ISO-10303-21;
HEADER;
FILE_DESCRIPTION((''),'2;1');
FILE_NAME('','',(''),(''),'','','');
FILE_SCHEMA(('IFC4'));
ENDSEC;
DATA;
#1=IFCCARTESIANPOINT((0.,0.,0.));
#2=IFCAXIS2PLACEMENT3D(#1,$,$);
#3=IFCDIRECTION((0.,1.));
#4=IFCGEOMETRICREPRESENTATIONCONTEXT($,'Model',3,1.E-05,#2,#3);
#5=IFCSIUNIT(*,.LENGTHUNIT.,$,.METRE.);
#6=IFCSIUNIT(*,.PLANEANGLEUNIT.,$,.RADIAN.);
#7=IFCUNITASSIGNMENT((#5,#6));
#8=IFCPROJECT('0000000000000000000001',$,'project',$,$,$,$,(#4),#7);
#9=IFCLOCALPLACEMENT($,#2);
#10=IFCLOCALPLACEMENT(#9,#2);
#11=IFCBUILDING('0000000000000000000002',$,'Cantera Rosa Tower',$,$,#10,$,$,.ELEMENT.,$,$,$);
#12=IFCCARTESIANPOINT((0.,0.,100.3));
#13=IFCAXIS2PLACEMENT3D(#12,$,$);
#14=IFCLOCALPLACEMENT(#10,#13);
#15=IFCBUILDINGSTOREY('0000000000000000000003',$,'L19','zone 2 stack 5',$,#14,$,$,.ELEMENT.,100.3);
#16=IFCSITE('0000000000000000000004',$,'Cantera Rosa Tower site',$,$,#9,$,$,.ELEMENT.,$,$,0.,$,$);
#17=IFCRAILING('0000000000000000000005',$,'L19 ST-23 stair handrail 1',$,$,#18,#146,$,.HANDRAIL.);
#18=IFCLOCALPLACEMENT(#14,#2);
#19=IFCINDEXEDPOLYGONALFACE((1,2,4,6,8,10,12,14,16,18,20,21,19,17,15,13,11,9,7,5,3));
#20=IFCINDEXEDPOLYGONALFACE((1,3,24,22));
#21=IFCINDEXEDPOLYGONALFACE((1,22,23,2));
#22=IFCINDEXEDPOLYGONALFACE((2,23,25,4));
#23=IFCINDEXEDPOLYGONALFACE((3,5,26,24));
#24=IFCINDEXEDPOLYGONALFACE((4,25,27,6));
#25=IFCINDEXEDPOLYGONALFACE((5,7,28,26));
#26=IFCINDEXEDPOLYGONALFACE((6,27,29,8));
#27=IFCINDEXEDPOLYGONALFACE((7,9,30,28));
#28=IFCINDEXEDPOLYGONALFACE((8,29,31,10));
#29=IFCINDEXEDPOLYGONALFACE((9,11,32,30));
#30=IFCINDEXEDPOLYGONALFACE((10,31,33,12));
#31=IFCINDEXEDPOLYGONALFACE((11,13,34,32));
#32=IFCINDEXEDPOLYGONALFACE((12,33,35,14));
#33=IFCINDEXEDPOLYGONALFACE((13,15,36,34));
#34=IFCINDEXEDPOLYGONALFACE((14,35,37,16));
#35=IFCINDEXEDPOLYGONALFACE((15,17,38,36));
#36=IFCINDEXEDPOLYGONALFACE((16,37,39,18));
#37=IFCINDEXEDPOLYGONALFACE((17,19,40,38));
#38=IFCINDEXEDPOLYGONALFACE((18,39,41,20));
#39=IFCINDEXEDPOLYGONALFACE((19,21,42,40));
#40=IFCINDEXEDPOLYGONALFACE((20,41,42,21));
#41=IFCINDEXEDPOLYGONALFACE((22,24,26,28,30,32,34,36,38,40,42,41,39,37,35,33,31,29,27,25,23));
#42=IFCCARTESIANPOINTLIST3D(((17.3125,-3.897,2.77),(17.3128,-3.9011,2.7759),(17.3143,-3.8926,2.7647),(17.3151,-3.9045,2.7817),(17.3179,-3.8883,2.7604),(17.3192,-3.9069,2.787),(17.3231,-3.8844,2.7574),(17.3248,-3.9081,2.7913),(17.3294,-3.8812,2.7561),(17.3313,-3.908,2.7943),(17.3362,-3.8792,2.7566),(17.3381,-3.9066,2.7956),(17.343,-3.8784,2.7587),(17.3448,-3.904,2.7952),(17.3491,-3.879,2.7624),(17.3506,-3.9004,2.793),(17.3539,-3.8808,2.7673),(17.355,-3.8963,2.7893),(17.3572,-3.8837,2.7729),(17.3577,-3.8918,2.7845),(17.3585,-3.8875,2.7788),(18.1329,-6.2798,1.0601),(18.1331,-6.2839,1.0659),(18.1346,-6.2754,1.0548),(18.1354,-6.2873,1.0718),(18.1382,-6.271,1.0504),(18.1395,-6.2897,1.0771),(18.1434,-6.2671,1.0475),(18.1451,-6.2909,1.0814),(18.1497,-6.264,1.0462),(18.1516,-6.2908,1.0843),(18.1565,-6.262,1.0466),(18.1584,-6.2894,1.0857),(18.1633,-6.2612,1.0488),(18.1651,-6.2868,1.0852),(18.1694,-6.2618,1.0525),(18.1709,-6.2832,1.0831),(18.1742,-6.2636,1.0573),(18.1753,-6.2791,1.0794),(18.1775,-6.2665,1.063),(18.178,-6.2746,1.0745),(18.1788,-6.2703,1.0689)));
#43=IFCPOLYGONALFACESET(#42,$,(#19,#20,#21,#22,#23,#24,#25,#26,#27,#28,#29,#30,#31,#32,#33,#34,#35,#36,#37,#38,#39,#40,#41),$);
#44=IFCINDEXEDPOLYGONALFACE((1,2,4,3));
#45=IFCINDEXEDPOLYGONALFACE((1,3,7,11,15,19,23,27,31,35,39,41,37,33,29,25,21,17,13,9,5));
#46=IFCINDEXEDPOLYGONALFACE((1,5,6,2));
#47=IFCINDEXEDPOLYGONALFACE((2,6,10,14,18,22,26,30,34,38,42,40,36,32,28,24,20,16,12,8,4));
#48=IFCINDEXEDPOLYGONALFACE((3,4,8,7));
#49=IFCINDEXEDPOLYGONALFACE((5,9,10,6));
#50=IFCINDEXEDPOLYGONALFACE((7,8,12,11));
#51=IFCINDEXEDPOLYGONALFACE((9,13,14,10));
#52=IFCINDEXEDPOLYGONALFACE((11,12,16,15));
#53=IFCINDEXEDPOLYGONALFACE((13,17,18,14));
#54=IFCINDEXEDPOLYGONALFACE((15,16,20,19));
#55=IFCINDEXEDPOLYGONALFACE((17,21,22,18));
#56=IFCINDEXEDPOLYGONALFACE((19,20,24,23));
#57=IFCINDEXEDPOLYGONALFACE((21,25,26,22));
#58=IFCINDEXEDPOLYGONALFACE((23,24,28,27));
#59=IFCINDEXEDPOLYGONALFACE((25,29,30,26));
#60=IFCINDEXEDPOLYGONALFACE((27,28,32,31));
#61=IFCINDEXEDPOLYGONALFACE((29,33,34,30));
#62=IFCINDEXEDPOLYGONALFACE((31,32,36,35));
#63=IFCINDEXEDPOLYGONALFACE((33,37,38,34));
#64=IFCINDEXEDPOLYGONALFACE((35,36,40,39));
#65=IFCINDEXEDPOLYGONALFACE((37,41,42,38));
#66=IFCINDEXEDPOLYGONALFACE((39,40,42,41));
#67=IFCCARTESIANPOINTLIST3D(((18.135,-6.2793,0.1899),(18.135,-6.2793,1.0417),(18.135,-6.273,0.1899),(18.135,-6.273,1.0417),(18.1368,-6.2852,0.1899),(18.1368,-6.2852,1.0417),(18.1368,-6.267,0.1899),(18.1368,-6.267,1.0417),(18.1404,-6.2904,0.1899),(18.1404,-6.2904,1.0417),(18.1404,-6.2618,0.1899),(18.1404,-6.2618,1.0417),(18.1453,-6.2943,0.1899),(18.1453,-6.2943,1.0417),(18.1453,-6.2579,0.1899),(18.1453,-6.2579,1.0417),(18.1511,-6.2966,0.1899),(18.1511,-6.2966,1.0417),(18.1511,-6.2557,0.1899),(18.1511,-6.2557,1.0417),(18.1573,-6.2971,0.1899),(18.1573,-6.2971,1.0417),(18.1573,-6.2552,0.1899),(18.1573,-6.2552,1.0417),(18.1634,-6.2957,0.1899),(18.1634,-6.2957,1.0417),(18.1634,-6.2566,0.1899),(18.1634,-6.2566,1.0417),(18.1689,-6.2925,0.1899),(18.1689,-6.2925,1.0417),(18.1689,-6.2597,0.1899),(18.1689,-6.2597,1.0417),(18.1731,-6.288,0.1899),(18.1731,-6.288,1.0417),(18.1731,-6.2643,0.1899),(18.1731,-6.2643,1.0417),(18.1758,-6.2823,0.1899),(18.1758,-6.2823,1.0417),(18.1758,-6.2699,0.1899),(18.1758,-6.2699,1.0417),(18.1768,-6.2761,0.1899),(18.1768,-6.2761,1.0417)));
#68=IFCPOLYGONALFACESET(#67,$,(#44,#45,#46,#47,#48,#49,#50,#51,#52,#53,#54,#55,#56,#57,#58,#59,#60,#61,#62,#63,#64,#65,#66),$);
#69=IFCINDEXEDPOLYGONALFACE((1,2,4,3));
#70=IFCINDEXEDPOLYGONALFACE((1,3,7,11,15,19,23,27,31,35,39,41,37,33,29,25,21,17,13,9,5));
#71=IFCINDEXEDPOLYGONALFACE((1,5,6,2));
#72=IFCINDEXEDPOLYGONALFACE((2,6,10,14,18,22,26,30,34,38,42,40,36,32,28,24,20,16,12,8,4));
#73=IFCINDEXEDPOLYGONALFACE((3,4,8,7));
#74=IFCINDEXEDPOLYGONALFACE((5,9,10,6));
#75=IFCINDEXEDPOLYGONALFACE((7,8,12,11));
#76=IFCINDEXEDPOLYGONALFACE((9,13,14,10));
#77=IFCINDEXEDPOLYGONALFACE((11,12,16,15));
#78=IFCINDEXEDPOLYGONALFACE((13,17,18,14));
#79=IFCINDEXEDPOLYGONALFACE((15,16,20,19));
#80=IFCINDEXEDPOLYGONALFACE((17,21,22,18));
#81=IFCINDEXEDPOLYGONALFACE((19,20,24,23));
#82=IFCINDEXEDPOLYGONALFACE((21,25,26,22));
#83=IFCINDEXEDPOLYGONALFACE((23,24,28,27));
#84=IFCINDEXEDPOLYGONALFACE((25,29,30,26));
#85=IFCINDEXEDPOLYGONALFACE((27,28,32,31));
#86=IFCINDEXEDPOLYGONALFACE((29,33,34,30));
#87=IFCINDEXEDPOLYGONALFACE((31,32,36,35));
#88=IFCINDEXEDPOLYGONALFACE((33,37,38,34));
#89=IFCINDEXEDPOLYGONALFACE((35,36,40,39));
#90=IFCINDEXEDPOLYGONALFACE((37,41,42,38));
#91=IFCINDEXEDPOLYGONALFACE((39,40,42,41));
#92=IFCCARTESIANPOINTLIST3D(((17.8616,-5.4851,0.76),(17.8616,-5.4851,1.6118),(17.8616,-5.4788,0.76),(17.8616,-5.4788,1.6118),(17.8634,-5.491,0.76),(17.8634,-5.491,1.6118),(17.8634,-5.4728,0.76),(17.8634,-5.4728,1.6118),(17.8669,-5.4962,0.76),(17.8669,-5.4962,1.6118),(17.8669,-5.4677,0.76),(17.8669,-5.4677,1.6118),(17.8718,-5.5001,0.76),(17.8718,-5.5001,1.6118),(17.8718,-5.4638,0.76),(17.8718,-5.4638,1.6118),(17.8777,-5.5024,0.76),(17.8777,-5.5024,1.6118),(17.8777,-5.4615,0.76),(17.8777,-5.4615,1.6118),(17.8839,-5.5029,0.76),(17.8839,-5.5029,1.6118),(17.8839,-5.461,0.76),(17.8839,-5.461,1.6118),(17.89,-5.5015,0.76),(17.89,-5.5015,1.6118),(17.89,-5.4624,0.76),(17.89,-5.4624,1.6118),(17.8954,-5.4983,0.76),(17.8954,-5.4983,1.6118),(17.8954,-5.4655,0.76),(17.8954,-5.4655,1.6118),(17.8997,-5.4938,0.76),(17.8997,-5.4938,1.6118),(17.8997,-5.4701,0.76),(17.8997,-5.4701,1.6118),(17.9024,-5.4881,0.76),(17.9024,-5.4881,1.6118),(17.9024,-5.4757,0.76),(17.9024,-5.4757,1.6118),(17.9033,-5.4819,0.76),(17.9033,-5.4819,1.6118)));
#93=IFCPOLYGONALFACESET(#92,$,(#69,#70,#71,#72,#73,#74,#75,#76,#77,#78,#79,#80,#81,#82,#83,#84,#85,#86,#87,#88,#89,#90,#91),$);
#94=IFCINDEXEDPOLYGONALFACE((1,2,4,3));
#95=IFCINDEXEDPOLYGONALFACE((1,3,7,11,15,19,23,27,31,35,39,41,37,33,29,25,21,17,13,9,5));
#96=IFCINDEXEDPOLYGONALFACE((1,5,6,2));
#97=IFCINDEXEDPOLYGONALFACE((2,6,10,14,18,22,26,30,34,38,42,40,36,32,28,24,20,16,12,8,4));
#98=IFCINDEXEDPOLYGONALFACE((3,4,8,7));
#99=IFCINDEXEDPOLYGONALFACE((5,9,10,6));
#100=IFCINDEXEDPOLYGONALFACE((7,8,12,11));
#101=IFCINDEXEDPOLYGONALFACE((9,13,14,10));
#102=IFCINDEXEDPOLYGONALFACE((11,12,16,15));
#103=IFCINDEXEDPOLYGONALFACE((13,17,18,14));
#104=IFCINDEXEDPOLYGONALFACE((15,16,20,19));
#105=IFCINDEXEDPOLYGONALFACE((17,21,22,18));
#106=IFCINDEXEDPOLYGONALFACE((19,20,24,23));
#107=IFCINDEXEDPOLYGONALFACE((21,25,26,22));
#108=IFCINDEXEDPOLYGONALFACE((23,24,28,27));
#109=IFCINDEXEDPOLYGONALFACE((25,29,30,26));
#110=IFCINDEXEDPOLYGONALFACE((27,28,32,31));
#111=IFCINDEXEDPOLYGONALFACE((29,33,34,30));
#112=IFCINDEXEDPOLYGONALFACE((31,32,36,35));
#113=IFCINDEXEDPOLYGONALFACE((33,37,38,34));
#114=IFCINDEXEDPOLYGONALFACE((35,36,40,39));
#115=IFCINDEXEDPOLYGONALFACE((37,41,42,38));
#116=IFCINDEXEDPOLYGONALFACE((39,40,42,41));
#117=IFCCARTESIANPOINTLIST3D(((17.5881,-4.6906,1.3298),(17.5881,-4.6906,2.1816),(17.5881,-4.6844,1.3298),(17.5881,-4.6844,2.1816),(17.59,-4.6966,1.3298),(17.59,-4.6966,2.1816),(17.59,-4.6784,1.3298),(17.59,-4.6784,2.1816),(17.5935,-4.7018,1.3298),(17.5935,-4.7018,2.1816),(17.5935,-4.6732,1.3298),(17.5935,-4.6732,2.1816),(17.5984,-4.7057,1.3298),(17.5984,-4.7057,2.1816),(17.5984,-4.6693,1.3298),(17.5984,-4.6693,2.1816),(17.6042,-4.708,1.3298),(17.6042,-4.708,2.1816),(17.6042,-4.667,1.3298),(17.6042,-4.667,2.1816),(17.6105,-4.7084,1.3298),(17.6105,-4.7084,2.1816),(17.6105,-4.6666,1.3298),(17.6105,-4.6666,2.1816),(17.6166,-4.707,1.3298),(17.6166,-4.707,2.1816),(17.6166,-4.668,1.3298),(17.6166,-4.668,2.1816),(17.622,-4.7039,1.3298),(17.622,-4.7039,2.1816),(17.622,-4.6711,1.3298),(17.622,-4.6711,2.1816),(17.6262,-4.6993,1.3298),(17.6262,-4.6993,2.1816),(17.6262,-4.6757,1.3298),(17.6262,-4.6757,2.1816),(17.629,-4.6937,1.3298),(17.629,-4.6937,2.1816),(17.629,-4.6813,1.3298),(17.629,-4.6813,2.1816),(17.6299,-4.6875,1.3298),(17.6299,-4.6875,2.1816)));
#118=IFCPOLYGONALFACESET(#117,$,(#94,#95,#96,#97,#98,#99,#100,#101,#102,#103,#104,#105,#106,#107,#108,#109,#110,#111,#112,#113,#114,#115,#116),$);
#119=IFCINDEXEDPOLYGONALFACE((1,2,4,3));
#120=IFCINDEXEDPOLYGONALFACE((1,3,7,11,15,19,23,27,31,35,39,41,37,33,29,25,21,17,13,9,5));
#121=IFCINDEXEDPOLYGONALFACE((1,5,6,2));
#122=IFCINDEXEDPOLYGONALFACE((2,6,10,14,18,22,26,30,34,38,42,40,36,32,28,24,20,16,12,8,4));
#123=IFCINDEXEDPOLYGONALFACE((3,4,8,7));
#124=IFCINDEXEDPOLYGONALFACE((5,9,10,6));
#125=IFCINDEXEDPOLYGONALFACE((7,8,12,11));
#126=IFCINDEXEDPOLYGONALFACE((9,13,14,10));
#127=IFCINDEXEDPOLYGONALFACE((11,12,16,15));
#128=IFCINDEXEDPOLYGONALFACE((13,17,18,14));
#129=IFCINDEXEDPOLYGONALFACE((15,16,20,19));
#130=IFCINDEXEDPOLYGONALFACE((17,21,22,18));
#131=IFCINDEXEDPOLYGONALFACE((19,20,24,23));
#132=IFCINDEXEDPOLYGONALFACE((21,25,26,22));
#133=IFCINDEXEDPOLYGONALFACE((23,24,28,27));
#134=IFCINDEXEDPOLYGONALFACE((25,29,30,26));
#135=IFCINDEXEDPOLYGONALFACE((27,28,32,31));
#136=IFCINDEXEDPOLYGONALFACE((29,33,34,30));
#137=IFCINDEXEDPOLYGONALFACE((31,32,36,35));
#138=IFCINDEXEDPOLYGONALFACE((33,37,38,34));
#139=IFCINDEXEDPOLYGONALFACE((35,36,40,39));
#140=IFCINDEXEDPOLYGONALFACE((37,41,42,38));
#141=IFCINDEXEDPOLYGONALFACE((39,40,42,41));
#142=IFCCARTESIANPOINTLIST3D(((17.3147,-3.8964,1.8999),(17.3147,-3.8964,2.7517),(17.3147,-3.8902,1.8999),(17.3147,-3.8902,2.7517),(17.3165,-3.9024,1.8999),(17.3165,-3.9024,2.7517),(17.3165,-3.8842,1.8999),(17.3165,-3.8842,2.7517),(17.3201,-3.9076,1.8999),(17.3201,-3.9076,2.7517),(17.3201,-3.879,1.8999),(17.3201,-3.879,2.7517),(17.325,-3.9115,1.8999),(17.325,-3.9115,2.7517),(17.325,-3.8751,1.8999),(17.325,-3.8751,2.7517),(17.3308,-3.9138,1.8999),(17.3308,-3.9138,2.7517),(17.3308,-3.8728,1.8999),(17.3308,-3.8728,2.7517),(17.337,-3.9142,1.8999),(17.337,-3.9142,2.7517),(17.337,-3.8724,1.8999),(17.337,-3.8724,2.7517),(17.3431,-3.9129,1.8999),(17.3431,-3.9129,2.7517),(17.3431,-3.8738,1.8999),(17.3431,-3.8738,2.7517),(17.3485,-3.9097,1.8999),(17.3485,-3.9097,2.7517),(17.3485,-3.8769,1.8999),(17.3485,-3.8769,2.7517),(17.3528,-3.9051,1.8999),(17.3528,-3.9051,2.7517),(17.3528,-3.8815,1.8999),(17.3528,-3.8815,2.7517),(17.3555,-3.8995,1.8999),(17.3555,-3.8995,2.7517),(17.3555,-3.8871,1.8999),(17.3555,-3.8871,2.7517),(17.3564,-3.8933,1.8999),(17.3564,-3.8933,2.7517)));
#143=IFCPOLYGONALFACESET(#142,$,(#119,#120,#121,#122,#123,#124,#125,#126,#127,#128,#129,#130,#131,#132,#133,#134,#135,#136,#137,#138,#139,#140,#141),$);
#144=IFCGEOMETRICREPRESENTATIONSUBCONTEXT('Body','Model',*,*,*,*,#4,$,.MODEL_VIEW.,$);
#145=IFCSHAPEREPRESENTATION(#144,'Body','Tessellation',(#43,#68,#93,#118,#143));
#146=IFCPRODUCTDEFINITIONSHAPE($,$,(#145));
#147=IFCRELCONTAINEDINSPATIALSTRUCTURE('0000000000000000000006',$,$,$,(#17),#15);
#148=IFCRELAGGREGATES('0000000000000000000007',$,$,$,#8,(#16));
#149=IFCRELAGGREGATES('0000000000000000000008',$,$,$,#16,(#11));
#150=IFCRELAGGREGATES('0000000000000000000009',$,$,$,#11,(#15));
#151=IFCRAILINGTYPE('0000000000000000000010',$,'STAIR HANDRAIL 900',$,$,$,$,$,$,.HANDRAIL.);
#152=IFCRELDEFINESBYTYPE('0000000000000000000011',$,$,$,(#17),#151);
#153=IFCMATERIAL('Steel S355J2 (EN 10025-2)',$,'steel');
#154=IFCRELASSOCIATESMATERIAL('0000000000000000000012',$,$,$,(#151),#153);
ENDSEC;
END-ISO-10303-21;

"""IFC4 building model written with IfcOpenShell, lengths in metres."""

from ifc_helpers import new_model, si_unit, direction, frame, origin, origin_2d, place, context, subcontext, project, spatial, circle, extrude, material, type_object, element, save


model = new_model("IFC4")

# Units and contexts
model_context = context("Model", 3, precision=1e-05, world=origin(), true_north=direction((0.0, 1.0)))
body_context = subcontext(model_context, "Body", "Model", "MODEL_VIEW")
ifc_project = project(units=[si_unit("LENGTHUNIT", "METRE"), si_unit("PLANEANGLEUNIT", "RADIAN")], contexts=[model_context])

# Site, building, storey
site_placement = place(None, origin())
site = spatial("IfcSite", under=ifc_project, at=site_placement, Name="Cantera Rosa Tower site", CompositionType="ELEMENT", RefElevation=0.0)
building_placement = place(site_placement, origin())
building = spatial("IfcBuilding", under=site, at=building_placement, Name="Cantera Rosa Tower", CompositionType="ELEMENT")
storey_placement = place(building_placement, frame((0.0, 0.0, 100.3)))
storey = spatial("IfcBuildingStorey", under=building, at=storey_placement, Name="L19", Description="zone 2 stack 5", CompositionType="ELEMENT", Elevation=100.3)

# Railing
ifc_material_1 = material(Name="Steel S355J2 (EN 10025-2)", Category="steel")
railing_type_1 = type_object("IfcRailingType", Name="STAIR HANDRAIL 900", PredefinedType="HANDRAIL", material=ifc_material_1)
railing_1_placement = place(storey_placement, frame((18.1558, -6.2761, 0.1899)))
element("IfcRailing", 1, at=railing_1_placement, inside=storey, type_object=railing_type_1, Name="L19 ST-23 stair handrail 1", PredefinedType="HANDRAIL", context=body_context, shape_type="SweptSolid", body=[
    extrude(circle(Radius=0.0239, at=origin_2d()), frame((0.0, 0.0, 0.876), z_axis=(-0.269358, 0.782421, 0.561483), x_axis=(-0.945538, -0.325513, 0.0)), (0.0, 0.0, 1.0), 3.0454),
    extrude(circle(Radius=0.021, at=origin_2d()), origin(), (0.0, 0.0, 1.0), 0.8518),
    extrude(circle(Radius=0.021, at=origin_2d()), frame((-0.2734, 0.7942, 0.5701)), (0.0, 0.0, 1.0), 0.8518),
    extrude(circle(Radius=0.021, at=origin_2d()), frame((-0.5469, 1.5886, 1.1399)), (0.0, 0.0, 1.0), 0.8518),
    extrude(circle(Radius=0.021, at=origin_2d()), frame((-0.8203, 2.3828, 1.71)), (0.0, 0.0, 1.0), 0.8518),
])

save(model, "model.ifc")
